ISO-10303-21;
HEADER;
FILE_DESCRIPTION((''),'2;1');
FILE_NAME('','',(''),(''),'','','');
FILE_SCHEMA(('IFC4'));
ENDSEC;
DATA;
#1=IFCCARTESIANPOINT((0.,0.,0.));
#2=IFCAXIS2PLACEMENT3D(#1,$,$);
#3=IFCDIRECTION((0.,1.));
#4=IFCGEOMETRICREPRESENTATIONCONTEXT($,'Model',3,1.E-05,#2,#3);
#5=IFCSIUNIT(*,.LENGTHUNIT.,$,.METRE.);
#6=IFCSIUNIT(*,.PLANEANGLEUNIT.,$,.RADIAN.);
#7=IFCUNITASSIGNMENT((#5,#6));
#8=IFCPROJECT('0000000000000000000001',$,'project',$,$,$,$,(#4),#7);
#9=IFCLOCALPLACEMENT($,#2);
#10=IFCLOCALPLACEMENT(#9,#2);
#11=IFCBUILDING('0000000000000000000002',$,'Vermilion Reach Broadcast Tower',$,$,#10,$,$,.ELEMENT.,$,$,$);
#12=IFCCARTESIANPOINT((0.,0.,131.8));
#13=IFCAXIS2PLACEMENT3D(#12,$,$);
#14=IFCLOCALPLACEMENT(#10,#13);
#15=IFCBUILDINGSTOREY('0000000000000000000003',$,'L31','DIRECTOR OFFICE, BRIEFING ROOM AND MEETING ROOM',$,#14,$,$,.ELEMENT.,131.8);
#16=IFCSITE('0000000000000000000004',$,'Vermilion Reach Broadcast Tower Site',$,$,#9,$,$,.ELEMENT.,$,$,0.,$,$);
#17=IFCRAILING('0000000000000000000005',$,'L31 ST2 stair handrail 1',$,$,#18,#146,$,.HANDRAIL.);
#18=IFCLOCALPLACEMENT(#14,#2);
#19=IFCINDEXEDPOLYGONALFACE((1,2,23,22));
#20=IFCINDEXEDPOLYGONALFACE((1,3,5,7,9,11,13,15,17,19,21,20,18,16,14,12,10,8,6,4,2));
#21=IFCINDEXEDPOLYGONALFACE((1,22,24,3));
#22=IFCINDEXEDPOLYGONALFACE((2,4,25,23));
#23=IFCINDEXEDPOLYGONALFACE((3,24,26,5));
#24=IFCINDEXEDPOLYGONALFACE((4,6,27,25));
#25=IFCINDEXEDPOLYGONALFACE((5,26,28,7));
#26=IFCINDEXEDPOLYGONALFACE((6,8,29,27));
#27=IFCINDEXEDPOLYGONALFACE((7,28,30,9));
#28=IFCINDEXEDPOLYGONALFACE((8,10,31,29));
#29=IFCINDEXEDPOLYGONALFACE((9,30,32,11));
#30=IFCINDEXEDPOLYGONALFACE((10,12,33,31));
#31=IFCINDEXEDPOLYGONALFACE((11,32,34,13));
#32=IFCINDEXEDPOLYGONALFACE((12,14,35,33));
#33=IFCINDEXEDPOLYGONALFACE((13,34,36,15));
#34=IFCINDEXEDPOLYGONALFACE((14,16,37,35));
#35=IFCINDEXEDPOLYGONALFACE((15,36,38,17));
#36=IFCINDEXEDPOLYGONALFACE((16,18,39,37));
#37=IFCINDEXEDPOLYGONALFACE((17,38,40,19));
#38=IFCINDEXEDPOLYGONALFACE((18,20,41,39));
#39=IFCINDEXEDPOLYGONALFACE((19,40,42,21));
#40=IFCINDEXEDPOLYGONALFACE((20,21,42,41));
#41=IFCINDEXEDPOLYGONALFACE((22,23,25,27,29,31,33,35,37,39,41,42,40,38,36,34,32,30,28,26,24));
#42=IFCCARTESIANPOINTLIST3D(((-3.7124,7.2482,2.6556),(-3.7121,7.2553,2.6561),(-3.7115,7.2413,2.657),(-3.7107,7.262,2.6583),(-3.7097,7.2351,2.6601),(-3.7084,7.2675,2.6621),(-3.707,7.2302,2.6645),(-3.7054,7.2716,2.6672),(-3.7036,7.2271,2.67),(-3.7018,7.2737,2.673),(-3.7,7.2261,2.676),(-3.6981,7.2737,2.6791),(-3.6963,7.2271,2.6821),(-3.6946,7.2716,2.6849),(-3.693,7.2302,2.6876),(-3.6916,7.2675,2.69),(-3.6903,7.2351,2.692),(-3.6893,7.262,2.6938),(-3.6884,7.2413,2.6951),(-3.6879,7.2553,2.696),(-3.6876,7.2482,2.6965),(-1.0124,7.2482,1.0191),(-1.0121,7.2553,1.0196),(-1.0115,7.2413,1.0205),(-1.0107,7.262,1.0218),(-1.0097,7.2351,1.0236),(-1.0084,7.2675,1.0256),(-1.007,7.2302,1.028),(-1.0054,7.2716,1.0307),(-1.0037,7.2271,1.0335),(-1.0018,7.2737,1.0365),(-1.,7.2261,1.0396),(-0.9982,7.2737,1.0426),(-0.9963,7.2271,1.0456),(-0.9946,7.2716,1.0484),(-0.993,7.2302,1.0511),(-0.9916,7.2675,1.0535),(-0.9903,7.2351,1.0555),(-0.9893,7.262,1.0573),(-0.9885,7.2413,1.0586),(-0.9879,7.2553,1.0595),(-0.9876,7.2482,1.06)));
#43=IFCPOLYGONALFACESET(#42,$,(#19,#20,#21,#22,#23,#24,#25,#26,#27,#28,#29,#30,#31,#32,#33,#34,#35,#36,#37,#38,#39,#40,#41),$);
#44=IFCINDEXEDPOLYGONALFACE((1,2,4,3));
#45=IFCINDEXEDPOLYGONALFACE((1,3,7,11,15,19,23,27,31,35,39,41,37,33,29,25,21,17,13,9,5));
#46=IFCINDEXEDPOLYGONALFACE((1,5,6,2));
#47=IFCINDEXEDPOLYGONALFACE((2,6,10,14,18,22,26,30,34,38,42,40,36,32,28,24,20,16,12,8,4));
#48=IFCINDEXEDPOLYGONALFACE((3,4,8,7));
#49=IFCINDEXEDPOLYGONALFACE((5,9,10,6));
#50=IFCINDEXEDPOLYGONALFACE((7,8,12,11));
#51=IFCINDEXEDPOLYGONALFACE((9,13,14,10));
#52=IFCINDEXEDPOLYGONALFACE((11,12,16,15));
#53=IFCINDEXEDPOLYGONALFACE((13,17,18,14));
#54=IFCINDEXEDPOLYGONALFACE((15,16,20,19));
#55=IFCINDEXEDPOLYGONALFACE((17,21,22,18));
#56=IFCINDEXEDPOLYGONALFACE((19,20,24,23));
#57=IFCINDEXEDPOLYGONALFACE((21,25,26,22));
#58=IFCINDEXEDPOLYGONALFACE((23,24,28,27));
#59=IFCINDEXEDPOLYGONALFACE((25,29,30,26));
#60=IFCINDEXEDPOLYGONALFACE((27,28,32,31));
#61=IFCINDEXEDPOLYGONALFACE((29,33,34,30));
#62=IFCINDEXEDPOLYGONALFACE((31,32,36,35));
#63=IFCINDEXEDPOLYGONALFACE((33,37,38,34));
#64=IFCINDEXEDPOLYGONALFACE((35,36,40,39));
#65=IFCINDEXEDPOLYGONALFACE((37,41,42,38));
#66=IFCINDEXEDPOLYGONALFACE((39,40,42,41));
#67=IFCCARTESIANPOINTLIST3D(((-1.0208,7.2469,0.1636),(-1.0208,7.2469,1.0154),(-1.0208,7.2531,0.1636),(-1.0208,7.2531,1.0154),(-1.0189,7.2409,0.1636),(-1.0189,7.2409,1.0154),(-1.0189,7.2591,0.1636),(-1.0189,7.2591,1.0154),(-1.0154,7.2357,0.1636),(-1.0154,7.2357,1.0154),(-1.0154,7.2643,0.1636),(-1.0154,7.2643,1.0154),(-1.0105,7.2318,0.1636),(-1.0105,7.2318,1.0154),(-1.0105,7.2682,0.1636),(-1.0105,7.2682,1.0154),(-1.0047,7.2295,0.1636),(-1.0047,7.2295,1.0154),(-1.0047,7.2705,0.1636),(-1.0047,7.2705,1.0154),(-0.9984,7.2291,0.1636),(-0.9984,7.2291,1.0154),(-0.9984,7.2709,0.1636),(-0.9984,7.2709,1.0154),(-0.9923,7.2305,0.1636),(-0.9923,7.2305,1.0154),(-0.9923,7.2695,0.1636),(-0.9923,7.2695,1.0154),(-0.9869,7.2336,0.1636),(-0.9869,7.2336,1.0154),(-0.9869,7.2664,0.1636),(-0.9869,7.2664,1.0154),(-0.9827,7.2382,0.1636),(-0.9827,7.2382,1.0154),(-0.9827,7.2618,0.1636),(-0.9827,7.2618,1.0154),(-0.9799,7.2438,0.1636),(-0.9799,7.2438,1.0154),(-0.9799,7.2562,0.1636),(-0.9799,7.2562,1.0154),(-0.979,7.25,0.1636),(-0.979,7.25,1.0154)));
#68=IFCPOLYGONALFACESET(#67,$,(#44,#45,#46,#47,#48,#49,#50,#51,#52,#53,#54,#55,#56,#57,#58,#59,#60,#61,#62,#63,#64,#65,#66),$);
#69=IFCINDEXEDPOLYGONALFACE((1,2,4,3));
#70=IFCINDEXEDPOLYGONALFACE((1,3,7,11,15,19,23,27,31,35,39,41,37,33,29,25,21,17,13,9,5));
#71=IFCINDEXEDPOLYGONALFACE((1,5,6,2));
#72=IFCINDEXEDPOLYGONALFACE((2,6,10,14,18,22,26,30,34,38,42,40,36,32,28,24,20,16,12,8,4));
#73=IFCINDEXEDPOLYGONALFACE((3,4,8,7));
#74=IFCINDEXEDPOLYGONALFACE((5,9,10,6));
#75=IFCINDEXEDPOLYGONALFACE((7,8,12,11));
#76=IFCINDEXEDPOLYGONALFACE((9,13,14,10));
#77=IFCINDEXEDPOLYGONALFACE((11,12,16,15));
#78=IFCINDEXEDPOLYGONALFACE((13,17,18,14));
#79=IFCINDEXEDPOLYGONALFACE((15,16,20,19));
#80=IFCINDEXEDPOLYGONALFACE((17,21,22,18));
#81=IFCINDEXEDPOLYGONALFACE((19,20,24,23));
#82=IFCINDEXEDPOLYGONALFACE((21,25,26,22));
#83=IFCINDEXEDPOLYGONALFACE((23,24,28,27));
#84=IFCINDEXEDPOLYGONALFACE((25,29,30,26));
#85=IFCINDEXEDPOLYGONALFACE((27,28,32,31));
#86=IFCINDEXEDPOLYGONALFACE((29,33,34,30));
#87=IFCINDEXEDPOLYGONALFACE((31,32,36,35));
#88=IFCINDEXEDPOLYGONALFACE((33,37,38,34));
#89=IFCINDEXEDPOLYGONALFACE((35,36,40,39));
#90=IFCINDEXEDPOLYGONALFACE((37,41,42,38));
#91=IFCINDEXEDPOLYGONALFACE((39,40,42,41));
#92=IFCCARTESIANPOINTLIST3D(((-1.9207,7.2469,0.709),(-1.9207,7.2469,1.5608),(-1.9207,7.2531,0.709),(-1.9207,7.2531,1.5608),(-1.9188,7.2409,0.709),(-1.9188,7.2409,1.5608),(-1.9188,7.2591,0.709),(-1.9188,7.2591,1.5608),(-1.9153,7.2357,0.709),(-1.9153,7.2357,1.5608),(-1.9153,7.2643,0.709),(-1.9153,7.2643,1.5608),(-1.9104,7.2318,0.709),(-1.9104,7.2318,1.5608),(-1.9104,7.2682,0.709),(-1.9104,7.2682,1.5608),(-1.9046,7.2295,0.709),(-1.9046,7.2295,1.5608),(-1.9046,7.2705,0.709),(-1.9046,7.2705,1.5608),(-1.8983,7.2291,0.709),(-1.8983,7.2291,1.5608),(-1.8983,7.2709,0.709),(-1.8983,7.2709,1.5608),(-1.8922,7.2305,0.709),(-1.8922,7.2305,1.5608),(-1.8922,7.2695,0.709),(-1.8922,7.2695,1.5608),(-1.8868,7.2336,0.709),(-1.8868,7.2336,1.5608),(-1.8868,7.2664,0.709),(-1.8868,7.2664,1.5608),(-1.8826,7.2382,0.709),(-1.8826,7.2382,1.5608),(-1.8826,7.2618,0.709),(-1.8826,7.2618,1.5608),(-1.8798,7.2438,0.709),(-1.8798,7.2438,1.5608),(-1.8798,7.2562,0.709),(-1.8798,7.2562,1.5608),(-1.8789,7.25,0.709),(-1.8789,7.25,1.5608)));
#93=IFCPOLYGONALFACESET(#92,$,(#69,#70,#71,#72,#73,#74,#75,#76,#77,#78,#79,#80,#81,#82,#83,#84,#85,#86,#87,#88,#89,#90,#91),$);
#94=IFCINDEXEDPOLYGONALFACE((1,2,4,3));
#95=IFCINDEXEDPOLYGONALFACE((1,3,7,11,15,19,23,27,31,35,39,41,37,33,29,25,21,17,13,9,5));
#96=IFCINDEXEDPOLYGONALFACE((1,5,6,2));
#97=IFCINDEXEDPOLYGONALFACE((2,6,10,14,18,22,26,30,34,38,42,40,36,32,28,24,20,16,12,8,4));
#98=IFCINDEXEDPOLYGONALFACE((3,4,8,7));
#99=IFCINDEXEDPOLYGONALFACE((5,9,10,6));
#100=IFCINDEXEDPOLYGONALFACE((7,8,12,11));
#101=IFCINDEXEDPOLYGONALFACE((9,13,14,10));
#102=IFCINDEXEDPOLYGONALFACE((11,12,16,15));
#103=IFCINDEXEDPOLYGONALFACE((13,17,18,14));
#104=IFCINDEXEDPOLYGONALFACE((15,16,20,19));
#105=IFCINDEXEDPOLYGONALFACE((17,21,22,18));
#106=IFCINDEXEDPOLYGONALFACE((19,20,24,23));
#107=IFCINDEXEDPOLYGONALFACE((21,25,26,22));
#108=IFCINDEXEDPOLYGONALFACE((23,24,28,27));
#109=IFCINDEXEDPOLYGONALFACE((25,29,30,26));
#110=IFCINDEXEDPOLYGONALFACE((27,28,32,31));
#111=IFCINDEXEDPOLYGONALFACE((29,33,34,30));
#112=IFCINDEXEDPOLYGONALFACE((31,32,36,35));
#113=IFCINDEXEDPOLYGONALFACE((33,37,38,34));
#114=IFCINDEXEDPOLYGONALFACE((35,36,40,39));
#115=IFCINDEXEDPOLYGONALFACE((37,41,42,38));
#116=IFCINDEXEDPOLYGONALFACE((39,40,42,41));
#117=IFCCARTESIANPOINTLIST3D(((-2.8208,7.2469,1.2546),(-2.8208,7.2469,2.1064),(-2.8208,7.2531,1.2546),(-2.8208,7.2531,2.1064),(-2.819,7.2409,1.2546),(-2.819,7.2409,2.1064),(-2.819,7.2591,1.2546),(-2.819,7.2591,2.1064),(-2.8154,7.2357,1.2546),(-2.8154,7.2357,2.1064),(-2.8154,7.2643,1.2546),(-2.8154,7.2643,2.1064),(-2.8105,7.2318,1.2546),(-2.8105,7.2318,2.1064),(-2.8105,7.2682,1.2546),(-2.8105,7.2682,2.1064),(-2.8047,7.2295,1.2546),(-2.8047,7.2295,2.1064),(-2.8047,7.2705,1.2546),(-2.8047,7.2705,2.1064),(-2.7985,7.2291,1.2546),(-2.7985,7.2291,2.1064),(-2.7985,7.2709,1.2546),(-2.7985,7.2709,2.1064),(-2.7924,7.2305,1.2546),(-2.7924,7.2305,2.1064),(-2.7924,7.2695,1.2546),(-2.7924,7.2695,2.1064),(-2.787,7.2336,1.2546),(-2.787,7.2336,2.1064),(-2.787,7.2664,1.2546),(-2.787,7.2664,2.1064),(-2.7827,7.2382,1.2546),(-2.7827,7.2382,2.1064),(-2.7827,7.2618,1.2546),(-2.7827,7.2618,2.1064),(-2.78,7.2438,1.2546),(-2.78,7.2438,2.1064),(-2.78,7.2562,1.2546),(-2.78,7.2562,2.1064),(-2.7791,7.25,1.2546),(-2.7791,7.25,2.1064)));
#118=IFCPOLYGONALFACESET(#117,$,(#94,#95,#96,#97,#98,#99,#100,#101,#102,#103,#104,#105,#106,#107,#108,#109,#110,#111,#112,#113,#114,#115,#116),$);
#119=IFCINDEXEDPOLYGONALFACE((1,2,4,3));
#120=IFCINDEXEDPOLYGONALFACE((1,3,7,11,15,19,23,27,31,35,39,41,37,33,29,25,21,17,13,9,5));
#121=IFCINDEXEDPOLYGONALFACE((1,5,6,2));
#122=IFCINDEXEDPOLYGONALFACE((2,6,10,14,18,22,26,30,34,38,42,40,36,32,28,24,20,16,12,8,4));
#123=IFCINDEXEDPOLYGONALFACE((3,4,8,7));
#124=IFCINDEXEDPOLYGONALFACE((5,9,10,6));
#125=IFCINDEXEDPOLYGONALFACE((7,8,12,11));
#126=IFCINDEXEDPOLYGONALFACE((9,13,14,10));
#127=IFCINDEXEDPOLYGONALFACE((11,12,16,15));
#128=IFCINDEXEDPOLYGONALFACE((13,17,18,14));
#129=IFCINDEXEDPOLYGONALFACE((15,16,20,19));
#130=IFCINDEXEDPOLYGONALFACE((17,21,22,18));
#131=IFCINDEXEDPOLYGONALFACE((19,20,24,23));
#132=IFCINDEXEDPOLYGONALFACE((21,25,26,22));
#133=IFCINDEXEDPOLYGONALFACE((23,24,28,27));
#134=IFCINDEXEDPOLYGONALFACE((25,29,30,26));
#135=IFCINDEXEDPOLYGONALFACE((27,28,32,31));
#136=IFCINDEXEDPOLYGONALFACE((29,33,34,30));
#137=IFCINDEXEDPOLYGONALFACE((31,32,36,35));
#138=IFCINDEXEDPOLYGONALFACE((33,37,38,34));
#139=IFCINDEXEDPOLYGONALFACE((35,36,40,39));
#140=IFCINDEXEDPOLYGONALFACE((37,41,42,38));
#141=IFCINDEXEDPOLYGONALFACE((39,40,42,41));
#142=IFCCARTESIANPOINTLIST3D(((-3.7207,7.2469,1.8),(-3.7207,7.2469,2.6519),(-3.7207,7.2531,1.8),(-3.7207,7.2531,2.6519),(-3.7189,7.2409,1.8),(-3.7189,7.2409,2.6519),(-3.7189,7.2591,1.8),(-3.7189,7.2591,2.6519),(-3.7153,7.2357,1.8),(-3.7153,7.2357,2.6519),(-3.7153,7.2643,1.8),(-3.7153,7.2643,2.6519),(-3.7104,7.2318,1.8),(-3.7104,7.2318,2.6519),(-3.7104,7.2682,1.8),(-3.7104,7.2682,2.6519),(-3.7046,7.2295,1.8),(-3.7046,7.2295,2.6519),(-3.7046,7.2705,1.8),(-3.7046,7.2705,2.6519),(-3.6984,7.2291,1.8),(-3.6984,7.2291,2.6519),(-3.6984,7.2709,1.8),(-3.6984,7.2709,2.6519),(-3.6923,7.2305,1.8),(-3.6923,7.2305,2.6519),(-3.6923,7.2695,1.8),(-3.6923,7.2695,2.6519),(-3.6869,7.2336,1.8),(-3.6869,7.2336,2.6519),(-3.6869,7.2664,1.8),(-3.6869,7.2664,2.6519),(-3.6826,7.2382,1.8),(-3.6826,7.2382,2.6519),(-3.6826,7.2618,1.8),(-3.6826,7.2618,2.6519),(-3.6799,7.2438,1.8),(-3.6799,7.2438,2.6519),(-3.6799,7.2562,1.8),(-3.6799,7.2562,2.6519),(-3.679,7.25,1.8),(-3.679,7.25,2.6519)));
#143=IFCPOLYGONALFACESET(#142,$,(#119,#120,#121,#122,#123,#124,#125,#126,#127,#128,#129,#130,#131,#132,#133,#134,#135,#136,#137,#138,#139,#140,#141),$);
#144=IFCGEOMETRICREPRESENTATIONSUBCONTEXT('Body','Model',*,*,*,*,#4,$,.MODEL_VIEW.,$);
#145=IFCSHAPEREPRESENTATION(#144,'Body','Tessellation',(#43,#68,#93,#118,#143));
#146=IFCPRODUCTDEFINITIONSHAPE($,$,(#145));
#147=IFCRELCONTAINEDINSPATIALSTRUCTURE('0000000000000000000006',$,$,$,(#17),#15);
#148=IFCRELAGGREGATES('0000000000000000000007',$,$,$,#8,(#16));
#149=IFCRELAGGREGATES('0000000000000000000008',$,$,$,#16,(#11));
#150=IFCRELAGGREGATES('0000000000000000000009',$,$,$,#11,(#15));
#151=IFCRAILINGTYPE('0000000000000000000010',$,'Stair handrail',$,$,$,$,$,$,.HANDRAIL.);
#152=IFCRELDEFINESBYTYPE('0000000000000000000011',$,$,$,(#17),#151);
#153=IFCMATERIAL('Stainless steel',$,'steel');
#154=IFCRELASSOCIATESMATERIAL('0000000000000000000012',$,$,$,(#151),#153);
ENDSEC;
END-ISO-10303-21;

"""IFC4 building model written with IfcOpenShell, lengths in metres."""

from ifc_helpers import new_model, si_unit, direction, frame, origin, origin_2d, place, context, subcontext, project, spatial, circle, extrude, material, type_object, element, save


model = new_model("IFC4")

# Units and contexts
model_context = context("Model", 3, precision=1e-05, world=origin(), true_north=direction((0.0, 1.0)))
body_context = subcontext(model_context, "Body", "Model", "MODEL_VIEW")
ifc_project = project(units=[si_unit("LENGTHUNIT", "METRE"), si_unit("PLANEANGLEUNIT", "RADIAN")], contexts=[model_context])

# Site, building, storey
site_placement = place(None, origin())
site = spatial("IfcSite", under=ifc_project, at=site_placement, Name="Vermilion Reach Broadcast Tower Site", CompositionType="ELEMENT", RefElevation=0.0)
building_placement = place(site_placement, origin())
building = spatial("IfcBuilding", under=site, at=building_placement, Name="Vermilion Reach Broadcast Tower", CompositionType="ELEMENT")
storey_placement = place(building_placement, frame((0.0, 0.0, 131.8)))
storey = spatial("IfcBuildingStorey", under=building, at=storey_placement, Name="L31", Description="DIRECTOR OFFICE, BRIEFING ROOM AND MEETING ROOM", CompositionType="ELEMENT", Elevation=131.8)

# Railing
ifc_material_1 = material(Name="Stainless steel", Category="steel")
railing_type_1 = type_object("IfcRailingType", Name="Stair handrail", PredefinedType="HANDRAIL", material=ifc_material_1)
railing_1_placement = place(storey_placement, frame((-1.0, 7.25, 0.1636)))
element("IfcRailing", 1, at=railing_1_placement, inside=storey, type_object=railing_type_1, Name="L31 ST2 stair handrail 1", PredefinedType="HANDRAIL", context=body_context, shape_type="SweptSolid", body=[
    extrude(circle(Radius=0.0239, at=origin_2d()), frame((0.0, 0.0, 0.876), z_axis=(-0.855178, 0.0, 0.518334), x_axis=(0.0, -1.0, 0.0)), (0.0, 0.0, 1.0), 3.1572),
    extrude(circle(Radius=0.021, at=origin_2d()), origin(), (0.0, 0.0, 1.0), 0.8518),
    extrude(circle(Radius=0.021, at=origin_2d()), frame((-0.8999, 0.0, 0.5454)), (0.0, 0.0, 1.0), 0.8518),
    extrude(circle(Radius=0.021, at=origin_2d()), frame((-1.8, 0.0, 1.0911)), (0.0, 0.0, 1.0), 0.8518),
    extrude(circle(Radius=0.021, at=origin_2d()), frame((-2.7, 0.0, 1.6365)), (0.0, 0.0, 1.0), 0.8518),
])

save(model, "model.ifc")
